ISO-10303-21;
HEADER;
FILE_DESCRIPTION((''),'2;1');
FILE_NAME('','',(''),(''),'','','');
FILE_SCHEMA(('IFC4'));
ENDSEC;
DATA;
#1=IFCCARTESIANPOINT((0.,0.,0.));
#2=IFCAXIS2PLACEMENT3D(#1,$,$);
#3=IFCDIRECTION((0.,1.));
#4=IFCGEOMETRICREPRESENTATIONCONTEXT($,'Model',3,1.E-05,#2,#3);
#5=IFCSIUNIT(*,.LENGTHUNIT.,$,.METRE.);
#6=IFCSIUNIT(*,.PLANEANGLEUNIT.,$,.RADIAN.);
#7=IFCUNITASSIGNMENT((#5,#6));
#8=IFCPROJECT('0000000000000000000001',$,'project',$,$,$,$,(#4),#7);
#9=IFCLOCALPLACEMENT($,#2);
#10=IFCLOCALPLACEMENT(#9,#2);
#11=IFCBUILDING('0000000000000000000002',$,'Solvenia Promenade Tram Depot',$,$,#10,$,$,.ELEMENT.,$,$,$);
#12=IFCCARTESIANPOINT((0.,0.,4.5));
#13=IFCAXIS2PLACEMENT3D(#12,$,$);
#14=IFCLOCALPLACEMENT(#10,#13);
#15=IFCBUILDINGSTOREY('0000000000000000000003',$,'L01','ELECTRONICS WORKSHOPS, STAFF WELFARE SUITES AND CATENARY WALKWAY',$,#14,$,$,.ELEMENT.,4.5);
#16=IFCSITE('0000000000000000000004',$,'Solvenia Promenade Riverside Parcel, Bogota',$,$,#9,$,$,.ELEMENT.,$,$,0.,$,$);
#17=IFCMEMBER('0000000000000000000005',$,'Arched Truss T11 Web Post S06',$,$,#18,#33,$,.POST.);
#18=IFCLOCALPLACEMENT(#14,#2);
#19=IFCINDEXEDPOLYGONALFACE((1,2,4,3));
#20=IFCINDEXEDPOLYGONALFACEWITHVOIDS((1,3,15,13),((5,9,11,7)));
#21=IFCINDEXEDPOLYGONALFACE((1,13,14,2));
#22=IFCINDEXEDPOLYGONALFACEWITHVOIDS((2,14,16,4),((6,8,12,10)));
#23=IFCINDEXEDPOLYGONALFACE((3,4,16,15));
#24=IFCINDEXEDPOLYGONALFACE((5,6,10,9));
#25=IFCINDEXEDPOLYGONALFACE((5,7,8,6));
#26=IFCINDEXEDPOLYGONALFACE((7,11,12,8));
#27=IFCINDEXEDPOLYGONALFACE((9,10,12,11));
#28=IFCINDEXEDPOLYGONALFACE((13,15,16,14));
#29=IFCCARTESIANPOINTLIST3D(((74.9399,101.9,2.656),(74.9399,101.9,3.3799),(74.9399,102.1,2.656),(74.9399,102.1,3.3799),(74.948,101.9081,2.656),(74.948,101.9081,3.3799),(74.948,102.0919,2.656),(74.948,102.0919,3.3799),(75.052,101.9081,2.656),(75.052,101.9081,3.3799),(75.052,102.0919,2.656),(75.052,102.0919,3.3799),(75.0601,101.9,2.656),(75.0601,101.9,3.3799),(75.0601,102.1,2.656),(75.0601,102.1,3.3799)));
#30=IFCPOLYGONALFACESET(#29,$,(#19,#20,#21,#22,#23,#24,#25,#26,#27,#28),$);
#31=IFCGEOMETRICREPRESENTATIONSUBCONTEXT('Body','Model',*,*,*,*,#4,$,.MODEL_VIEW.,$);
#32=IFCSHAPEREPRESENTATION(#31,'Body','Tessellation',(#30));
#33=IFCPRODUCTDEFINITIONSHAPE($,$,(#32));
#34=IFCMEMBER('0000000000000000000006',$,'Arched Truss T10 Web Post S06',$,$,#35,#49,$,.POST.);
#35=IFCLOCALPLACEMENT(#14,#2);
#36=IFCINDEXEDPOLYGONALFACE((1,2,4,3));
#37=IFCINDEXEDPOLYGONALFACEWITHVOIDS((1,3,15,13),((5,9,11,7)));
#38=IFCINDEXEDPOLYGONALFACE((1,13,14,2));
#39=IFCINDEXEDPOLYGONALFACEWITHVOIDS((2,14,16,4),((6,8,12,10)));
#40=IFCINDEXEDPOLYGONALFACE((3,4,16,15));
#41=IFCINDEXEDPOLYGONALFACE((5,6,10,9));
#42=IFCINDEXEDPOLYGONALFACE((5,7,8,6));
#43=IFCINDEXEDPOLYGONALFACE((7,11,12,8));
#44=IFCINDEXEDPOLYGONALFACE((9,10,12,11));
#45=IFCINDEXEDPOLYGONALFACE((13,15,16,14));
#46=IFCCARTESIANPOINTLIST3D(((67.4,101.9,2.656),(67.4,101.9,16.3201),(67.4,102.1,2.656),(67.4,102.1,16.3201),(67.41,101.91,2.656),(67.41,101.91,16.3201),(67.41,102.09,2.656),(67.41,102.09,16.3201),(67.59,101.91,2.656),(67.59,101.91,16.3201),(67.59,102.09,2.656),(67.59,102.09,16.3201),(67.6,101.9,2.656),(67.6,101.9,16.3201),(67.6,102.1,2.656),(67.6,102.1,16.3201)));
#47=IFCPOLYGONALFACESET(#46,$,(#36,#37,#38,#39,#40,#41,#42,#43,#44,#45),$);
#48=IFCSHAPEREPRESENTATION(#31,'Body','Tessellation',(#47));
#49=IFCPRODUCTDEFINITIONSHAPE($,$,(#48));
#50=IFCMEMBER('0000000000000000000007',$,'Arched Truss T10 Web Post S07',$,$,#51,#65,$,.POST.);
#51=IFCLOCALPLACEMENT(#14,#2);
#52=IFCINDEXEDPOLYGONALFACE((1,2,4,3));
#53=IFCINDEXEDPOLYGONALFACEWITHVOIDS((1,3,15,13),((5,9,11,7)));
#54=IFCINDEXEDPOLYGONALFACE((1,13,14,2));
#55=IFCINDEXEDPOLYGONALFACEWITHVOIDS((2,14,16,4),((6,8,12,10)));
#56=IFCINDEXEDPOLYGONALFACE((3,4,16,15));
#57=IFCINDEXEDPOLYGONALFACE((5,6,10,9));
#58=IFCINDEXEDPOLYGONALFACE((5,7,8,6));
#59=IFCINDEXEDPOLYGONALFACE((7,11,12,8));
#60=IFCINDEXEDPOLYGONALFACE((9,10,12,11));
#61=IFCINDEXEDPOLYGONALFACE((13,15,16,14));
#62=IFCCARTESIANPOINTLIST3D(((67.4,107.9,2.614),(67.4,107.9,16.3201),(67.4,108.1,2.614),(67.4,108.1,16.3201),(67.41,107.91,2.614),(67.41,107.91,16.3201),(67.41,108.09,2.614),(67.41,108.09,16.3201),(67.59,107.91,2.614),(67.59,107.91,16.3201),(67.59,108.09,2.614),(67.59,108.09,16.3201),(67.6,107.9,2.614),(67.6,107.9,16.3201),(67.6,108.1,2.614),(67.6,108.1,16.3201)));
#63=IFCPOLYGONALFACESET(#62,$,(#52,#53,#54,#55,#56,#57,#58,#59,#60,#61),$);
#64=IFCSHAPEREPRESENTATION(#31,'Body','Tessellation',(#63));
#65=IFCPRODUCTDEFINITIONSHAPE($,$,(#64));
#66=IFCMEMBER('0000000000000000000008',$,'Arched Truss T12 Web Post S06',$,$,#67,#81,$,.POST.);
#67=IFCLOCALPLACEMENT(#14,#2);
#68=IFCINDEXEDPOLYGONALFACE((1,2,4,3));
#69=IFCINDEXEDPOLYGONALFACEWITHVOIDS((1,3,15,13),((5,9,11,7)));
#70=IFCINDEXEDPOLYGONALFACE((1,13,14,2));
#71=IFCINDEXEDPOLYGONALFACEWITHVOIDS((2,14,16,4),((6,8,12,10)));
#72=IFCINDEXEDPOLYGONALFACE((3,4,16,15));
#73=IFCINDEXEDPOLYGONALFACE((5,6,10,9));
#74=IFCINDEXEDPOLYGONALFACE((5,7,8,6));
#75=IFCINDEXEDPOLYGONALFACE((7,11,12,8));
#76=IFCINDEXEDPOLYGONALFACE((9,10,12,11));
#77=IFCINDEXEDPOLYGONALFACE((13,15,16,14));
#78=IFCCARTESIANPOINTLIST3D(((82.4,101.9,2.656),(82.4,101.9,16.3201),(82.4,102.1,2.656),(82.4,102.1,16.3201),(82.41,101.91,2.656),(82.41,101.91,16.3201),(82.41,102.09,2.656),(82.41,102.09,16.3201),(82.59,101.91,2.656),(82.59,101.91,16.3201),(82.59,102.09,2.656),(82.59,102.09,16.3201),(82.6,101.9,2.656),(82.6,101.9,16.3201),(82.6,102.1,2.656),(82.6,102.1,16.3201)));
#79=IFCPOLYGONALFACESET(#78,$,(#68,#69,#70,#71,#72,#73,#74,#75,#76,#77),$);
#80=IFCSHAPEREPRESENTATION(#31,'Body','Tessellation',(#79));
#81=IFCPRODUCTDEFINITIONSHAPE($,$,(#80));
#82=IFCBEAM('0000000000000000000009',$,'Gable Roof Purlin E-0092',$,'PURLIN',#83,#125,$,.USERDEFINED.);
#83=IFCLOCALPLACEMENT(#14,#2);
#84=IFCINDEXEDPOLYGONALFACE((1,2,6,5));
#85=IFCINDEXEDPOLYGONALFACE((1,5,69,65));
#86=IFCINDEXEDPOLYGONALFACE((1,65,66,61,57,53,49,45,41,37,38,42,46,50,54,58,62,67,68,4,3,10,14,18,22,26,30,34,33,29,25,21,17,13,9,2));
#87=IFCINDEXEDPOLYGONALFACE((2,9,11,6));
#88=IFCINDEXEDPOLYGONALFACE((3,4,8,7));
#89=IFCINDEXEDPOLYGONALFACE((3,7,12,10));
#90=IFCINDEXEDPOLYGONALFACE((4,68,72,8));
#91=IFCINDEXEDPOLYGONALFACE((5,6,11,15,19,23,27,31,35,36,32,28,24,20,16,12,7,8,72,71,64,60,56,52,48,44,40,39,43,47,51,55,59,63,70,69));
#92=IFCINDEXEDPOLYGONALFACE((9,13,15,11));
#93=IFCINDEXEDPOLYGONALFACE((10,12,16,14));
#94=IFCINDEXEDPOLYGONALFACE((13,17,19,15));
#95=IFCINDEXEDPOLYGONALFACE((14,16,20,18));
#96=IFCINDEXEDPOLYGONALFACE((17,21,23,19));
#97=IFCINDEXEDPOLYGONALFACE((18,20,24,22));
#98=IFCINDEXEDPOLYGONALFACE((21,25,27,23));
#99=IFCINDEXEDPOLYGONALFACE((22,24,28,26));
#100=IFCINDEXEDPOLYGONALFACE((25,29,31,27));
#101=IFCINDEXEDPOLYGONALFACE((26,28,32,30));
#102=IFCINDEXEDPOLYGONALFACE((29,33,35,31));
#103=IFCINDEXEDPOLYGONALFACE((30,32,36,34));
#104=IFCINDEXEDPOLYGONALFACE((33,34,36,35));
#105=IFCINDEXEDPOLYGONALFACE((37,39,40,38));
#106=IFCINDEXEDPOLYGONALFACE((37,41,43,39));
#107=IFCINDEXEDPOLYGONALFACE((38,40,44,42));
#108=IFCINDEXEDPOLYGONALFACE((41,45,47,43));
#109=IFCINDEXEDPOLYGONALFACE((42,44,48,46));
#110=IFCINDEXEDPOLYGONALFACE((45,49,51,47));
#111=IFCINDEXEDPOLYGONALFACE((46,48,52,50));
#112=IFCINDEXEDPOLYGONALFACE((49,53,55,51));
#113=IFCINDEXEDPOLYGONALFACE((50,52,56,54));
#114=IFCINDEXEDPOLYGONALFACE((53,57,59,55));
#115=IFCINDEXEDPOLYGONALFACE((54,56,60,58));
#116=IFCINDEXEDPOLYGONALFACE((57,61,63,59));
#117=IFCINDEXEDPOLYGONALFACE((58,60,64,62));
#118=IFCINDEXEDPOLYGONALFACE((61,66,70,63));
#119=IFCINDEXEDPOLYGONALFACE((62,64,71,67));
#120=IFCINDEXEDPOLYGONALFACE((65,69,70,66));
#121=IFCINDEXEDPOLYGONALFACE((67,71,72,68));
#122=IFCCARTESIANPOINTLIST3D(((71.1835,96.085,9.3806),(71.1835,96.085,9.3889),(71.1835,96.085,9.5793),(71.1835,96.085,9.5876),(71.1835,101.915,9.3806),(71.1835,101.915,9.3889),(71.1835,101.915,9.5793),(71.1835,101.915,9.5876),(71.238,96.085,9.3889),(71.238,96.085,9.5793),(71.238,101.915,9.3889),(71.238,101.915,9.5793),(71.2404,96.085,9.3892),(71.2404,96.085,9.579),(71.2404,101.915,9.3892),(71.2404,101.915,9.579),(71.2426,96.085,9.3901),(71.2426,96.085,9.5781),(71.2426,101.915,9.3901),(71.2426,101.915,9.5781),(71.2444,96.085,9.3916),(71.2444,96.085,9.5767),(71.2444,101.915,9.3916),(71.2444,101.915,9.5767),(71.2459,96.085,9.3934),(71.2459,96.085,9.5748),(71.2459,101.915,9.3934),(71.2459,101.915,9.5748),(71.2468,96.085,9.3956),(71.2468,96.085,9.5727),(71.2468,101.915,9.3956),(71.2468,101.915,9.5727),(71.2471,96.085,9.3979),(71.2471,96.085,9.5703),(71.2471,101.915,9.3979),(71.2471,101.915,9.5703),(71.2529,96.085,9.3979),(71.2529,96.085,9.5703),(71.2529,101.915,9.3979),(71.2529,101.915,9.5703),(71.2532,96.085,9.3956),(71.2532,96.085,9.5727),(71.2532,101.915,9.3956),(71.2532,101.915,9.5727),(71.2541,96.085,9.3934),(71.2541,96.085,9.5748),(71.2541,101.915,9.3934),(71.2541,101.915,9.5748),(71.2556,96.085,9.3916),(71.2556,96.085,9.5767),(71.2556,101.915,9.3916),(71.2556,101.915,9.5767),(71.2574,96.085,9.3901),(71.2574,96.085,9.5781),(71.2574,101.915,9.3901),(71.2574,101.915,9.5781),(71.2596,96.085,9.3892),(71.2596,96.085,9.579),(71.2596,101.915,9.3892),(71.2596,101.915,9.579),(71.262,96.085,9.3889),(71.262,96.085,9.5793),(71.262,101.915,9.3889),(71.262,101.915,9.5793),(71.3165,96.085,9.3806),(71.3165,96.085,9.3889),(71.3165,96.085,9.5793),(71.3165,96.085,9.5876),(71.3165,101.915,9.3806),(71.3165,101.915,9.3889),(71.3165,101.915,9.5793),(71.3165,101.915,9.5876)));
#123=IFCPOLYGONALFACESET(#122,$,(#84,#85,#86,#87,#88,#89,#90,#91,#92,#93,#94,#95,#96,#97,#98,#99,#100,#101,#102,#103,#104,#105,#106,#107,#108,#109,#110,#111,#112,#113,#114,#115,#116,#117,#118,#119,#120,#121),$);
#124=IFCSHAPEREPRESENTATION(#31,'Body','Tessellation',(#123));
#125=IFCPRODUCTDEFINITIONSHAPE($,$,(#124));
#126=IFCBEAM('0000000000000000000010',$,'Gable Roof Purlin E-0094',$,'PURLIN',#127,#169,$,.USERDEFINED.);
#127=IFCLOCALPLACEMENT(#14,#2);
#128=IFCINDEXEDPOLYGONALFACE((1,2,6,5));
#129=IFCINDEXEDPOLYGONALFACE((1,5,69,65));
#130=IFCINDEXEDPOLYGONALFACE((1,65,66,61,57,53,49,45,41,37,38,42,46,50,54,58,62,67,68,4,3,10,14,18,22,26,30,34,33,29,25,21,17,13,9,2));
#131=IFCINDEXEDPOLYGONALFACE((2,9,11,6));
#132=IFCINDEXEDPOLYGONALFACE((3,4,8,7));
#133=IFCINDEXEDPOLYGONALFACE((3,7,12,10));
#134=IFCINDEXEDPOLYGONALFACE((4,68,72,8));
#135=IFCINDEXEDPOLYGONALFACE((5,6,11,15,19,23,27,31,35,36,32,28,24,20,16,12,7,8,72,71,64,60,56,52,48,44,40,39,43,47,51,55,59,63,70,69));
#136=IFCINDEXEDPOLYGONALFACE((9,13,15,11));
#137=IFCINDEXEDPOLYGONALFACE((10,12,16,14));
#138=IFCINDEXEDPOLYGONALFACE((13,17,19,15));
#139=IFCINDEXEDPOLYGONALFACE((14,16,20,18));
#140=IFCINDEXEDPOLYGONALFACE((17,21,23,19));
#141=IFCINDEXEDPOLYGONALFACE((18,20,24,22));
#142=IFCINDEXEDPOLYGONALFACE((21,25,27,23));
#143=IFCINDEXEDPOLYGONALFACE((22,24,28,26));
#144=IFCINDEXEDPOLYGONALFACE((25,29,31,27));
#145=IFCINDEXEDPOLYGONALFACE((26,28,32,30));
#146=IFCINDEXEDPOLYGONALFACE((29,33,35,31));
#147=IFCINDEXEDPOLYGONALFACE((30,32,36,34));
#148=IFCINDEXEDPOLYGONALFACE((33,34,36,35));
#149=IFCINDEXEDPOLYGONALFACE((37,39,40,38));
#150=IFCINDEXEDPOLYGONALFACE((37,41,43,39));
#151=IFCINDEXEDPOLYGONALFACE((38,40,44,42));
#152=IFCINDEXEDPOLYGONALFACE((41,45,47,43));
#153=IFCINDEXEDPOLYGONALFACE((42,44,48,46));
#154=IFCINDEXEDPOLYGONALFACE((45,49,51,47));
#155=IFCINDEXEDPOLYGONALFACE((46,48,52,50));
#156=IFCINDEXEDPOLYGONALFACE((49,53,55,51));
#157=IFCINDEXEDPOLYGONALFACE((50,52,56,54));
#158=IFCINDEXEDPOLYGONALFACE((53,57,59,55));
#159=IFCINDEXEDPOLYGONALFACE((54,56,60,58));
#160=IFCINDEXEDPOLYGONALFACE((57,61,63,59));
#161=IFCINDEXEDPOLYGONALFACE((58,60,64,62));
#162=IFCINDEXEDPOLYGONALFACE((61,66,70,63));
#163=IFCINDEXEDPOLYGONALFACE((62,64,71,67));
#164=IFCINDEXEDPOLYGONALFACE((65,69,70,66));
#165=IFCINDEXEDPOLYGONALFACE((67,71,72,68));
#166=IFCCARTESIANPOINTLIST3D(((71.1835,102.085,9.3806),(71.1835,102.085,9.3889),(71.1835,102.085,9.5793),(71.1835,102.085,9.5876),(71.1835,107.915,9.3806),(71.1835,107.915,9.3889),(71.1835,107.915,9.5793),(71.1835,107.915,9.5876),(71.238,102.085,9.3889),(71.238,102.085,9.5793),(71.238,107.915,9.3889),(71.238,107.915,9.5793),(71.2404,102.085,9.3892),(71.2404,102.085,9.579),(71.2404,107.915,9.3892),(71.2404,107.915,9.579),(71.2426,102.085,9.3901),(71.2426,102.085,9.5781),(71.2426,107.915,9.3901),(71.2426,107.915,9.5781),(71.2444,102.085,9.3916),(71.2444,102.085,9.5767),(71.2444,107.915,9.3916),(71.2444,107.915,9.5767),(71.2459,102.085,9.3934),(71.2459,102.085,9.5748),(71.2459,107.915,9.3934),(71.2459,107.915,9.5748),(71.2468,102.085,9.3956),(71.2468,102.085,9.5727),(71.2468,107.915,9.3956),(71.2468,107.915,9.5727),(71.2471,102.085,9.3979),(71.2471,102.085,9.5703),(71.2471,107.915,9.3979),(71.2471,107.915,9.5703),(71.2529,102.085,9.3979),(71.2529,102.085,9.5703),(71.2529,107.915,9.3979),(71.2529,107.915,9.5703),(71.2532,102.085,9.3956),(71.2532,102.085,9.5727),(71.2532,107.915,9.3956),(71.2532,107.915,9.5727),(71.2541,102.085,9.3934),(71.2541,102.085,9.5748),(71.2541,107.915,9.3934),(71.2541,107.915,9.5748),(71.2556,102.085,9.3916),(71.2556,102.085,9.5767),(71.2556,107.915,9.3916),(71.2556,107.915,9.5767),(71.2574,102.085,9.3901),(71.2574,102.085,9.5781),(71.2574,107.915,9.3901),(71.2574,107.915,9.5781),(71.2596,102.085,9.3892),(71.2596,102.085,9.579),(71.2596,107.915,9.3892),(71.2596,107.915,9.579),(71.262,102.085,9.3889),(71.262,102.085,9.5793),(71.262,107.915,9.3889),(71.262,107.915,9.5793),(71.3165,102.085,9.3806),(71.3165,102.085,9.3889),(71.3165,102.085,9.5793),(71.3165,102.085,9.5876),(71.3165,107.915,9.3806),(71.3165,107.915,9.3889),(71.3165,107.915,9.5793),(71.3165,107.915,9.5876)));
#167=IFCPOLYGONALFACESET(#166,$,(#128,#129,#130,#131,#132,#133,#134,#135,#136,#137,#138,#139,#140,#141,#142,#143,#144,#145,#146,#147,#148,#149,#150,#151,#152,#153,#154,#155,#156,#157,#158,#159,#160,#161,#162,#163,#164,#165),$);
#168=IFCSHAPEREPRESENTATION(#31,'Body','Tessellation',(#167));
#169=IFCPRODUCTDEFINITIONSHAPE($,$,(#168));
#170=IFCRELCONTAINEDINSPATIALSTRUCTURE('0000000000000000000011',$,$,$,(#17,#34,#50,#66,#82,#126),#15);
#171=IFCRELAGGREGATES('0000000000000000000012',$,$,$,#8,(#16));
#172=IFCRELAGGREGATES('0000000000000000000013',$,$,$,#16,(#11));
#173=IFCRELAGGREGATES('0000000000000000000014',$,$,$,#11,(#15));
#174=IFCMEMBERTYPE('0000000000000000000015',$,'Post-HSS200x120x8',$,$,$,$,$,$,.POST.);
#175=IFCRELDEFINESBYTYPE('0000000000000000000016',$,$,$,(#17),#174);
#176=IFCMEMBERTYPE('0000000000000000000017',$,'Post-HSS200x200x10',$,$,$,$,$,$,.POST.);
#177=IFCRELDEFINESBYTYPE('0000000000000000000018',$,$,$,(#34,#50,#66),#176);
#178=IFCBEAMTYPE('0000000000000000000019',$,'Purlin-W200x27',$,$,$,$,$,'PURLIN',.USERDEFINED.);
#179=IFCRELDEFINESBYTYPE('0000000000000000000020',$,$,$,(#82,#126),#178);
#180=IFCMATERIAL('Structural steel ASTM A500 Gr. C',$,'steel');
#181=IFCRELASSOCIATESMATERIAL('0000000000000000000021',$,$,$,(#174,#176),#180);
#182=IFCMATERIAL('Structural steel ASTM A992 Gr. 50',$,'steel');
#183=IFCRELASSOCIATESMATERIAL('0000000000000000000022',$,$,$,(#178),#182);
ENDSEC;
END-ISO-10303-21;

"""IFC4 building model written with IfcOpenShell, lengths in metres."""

from ifc_helpers import new_model, si_unit, direction, frame, origin, origin_2d, place, context, subcontext, project, spatial, hollow_rectangle, i_section, extrude, material, material_profile, profile_set, type_object, element, save


model = new_model("IFC4")

# Units and contexts
model_context = context("Model", 3, precision=1e-05, world=origin(), true_north=direction((0.0, 1.0)))
body_context = subcontext(model_context, "Body", "Model", "MODEL_VIEW")
ifc_project = project(units=[si_unit("LENGTHUNIT", "METRE"), si_unit("PLANEANGLEUNIT", "RADIAN")], contexts=[model_context])

# Site, building, storey
site_placement = place(None, origin())
site = spatial("IfcSite", under=ifc_project, at=site_placement, Name="Solvenia Promenade Riverside Parcel, Bogota", CompositionType="ELEMENT", RefElevation=0.0)
building_placement = place(site_placement, origin())
building = spatial("IfcBuilding", under=site, at=building_placement, Name="Solvenia Promenade Tram Depot", CompositionType="ELEMENT")
storey_placement = place(building_placement, frame((0.0, 0.0, 4.5)))
storey = spatial("IfcBuildingStorey", under=building, at=storey_placement, Name="L01", Description="ELECTRONICS WORKSHOPS, STAFF WELFARE SUITES AND CATENARY WALKWAY", CompositionType="ELEMENT", Elevation=4.5)

# Members
ifc_material_1 = material(Name="Structural steel ASTM A500 Gr. C", Category="steel")
ifc_material_profile_1 = material_profile(ifc_material_1, hollow_rectangle(XDim=0.1201, YDim=0.2, WallThickness=0.0081, at=origin_2d()), Name="HSS200x120x8", Category="steel")
ifc_profile_set_1 = profile_set([ifc_material_profile_1], Name="Structural steel ASTM A500 Gr. C")
member_type_1 = type_object("IfcMemberType", Name="Post-HSS200x120x8", PredefinedType="POST", material=ifc_profile_set_1)
member_1_placement = place(storey_placement, frame((75.0, 102.0, 2.656), z_axis=(0.0, 0.0, 1.0), x_axis=(1.0, 0.0, 0.0)))
element("IfcMember", 1, at=member_1_placement, inside=storey, type_object=member_type_1, Name="Arched Truss T11 Web Post S06", PredefinedType="POST", context=body_context, shape_type="SweptSolid", body=[
    extrude(hollow_rectangle(XDim=0.1201, YDim=0.2, WallThickness=0.0081, at=origin_2d()), origin(), (0.0, 0.0, 1.0), 0.7239),
])
ifc_material_profile_2 = material_profile(ifc_material_1, hollow_rectangle(XDim=0.2, YDim=0.2, WallThickness=0.01, at=origin_2d()), Name="HSS200x200x10", Category="steel")
ifc_profile_set_2 = profile_set([ifc_material_profile_2], Name="Structural steel ASTM A500 Gr. C")
member_type_2 = type_object("IfcMemberType", Name="Post-HSS200x200x10", PredefinedType="POST", material=ifc_profile_set_2)
member_2_placement = place(storey_placement, frame((67.5, 102.0, 2.656), z_axis=(0.0, 0.0, 1.0), x_axis=(1.0, 0.0, 0.0)))
element("IfcMember", 2, at=member_2_placement, inside=storey, type_object=member_type_2, Name="Arched Truss T10 Web Post S06", PredefinedType="POST", context=body_context, shape_type="SweptSolid", body=[
    extrude(hollow_rectangle(XDim=0.2, YDim=0.2, WallThickness=0.01, at=origin_2d()), origin(), (0.0, 0.0, 1.0), 13.6641),
])
member_3_placement = place(storey_placement, frame((67.5, 108.0, 2.614), z_axis=(0.0, 0.0, 1.0), x_axis=(1.0, 0.0, 0.0)))
element("IfcMember", 3, at=member_3_placement, inside=storey, type_object=member_type_2, Name="Arched Truss T10 Web Post S07", PredefinedType="POST", context=body_context, shape_type="SweptSolid", body=[
    extrude(hollow_rectangle(XDim=0.2, YDim=0.2, WallThickness=0.01, at=origin_2d()), origin(), (0.0, 0.0, 1.0), 13.7061),
])
member_4_placement = place(storey_placement, frame((82.5, 102.0, 2.656), z_axis=(0.0, 0.0, 1.0), x_axis=(1.0, 0.0, 0.0)))
element("IfcMember", 4, at=member_4_placement, inside=storey, type_object=member_type_2, Name="Arched Truss T12 Web Post S06", PredefinedType="POST", context=body_context, shape_type="SweptSolid", body=[
    extrude(hollow_rectangle(XDim=0.2, YDim=0.2, WallThickness=0.01, at=origin_2d()), origin(), (0.0, 0.0, 1.0), 13.6641),
])

# Beams
ifc_material_2 = material(Name="Structural steel ASTM A992 Gr. 50", Category="steel")
ifc_material_profile_3 = material_profile(ifc_material_2, i_section(OverallWidth=0.1331, OverallDepth=0.207, WebThickness=0.0059, FlangeThickness=0.0083, FilletRadius=0.009, at=origin_2d()), Name="W200x27", Category="steel")
ifc_profile_set_3 = profile_set([ifc_material_profile_3], Name="Structural steel ASTM A992 Gr. 50")
beam_type_1 = type_object("IfcBeamType", Name="Purlin-W200x27", ElementType="PURLIN", PredefinedType="USERDEFINED", material=ifc_profile_set_3)
for number, where, z_axis, x_axis, name in (
    (5, (71.25, 96.085, 9.4841), (0.0, 1.0, 0.0), (-1.0, 0.0, 0.0), "Gable Roof Purlin E-0092"),
    (6, (71.25, 102.085, 9.4841), (0.0, 1.0, 0.0), (-1.0, 0.0, 0.0), "Gable Roof Purlin E-0094"),
):
    element("IfcBeam", number, at=place(storey_placement, frame(where, z_axis=z_axis, x_axis=x_axis)), inside=storey, type_object=beam_type_1, Name=name, ObjectType="PURLIN", PredefinedType="USERDEFINED", context=body_context, shape_type="SweptSolid", body=[
        extrude(i_section(OverallWidth=0.1331, OverallDepth=0.207, WebThickness=0.0059, FlangeThickness=0.0083, FilletRadius=0.009, at=origin_2d()), origin(), (0.0, 0.0, 1.0), 5.8301),
    ])

save(model, "model.ifc")
